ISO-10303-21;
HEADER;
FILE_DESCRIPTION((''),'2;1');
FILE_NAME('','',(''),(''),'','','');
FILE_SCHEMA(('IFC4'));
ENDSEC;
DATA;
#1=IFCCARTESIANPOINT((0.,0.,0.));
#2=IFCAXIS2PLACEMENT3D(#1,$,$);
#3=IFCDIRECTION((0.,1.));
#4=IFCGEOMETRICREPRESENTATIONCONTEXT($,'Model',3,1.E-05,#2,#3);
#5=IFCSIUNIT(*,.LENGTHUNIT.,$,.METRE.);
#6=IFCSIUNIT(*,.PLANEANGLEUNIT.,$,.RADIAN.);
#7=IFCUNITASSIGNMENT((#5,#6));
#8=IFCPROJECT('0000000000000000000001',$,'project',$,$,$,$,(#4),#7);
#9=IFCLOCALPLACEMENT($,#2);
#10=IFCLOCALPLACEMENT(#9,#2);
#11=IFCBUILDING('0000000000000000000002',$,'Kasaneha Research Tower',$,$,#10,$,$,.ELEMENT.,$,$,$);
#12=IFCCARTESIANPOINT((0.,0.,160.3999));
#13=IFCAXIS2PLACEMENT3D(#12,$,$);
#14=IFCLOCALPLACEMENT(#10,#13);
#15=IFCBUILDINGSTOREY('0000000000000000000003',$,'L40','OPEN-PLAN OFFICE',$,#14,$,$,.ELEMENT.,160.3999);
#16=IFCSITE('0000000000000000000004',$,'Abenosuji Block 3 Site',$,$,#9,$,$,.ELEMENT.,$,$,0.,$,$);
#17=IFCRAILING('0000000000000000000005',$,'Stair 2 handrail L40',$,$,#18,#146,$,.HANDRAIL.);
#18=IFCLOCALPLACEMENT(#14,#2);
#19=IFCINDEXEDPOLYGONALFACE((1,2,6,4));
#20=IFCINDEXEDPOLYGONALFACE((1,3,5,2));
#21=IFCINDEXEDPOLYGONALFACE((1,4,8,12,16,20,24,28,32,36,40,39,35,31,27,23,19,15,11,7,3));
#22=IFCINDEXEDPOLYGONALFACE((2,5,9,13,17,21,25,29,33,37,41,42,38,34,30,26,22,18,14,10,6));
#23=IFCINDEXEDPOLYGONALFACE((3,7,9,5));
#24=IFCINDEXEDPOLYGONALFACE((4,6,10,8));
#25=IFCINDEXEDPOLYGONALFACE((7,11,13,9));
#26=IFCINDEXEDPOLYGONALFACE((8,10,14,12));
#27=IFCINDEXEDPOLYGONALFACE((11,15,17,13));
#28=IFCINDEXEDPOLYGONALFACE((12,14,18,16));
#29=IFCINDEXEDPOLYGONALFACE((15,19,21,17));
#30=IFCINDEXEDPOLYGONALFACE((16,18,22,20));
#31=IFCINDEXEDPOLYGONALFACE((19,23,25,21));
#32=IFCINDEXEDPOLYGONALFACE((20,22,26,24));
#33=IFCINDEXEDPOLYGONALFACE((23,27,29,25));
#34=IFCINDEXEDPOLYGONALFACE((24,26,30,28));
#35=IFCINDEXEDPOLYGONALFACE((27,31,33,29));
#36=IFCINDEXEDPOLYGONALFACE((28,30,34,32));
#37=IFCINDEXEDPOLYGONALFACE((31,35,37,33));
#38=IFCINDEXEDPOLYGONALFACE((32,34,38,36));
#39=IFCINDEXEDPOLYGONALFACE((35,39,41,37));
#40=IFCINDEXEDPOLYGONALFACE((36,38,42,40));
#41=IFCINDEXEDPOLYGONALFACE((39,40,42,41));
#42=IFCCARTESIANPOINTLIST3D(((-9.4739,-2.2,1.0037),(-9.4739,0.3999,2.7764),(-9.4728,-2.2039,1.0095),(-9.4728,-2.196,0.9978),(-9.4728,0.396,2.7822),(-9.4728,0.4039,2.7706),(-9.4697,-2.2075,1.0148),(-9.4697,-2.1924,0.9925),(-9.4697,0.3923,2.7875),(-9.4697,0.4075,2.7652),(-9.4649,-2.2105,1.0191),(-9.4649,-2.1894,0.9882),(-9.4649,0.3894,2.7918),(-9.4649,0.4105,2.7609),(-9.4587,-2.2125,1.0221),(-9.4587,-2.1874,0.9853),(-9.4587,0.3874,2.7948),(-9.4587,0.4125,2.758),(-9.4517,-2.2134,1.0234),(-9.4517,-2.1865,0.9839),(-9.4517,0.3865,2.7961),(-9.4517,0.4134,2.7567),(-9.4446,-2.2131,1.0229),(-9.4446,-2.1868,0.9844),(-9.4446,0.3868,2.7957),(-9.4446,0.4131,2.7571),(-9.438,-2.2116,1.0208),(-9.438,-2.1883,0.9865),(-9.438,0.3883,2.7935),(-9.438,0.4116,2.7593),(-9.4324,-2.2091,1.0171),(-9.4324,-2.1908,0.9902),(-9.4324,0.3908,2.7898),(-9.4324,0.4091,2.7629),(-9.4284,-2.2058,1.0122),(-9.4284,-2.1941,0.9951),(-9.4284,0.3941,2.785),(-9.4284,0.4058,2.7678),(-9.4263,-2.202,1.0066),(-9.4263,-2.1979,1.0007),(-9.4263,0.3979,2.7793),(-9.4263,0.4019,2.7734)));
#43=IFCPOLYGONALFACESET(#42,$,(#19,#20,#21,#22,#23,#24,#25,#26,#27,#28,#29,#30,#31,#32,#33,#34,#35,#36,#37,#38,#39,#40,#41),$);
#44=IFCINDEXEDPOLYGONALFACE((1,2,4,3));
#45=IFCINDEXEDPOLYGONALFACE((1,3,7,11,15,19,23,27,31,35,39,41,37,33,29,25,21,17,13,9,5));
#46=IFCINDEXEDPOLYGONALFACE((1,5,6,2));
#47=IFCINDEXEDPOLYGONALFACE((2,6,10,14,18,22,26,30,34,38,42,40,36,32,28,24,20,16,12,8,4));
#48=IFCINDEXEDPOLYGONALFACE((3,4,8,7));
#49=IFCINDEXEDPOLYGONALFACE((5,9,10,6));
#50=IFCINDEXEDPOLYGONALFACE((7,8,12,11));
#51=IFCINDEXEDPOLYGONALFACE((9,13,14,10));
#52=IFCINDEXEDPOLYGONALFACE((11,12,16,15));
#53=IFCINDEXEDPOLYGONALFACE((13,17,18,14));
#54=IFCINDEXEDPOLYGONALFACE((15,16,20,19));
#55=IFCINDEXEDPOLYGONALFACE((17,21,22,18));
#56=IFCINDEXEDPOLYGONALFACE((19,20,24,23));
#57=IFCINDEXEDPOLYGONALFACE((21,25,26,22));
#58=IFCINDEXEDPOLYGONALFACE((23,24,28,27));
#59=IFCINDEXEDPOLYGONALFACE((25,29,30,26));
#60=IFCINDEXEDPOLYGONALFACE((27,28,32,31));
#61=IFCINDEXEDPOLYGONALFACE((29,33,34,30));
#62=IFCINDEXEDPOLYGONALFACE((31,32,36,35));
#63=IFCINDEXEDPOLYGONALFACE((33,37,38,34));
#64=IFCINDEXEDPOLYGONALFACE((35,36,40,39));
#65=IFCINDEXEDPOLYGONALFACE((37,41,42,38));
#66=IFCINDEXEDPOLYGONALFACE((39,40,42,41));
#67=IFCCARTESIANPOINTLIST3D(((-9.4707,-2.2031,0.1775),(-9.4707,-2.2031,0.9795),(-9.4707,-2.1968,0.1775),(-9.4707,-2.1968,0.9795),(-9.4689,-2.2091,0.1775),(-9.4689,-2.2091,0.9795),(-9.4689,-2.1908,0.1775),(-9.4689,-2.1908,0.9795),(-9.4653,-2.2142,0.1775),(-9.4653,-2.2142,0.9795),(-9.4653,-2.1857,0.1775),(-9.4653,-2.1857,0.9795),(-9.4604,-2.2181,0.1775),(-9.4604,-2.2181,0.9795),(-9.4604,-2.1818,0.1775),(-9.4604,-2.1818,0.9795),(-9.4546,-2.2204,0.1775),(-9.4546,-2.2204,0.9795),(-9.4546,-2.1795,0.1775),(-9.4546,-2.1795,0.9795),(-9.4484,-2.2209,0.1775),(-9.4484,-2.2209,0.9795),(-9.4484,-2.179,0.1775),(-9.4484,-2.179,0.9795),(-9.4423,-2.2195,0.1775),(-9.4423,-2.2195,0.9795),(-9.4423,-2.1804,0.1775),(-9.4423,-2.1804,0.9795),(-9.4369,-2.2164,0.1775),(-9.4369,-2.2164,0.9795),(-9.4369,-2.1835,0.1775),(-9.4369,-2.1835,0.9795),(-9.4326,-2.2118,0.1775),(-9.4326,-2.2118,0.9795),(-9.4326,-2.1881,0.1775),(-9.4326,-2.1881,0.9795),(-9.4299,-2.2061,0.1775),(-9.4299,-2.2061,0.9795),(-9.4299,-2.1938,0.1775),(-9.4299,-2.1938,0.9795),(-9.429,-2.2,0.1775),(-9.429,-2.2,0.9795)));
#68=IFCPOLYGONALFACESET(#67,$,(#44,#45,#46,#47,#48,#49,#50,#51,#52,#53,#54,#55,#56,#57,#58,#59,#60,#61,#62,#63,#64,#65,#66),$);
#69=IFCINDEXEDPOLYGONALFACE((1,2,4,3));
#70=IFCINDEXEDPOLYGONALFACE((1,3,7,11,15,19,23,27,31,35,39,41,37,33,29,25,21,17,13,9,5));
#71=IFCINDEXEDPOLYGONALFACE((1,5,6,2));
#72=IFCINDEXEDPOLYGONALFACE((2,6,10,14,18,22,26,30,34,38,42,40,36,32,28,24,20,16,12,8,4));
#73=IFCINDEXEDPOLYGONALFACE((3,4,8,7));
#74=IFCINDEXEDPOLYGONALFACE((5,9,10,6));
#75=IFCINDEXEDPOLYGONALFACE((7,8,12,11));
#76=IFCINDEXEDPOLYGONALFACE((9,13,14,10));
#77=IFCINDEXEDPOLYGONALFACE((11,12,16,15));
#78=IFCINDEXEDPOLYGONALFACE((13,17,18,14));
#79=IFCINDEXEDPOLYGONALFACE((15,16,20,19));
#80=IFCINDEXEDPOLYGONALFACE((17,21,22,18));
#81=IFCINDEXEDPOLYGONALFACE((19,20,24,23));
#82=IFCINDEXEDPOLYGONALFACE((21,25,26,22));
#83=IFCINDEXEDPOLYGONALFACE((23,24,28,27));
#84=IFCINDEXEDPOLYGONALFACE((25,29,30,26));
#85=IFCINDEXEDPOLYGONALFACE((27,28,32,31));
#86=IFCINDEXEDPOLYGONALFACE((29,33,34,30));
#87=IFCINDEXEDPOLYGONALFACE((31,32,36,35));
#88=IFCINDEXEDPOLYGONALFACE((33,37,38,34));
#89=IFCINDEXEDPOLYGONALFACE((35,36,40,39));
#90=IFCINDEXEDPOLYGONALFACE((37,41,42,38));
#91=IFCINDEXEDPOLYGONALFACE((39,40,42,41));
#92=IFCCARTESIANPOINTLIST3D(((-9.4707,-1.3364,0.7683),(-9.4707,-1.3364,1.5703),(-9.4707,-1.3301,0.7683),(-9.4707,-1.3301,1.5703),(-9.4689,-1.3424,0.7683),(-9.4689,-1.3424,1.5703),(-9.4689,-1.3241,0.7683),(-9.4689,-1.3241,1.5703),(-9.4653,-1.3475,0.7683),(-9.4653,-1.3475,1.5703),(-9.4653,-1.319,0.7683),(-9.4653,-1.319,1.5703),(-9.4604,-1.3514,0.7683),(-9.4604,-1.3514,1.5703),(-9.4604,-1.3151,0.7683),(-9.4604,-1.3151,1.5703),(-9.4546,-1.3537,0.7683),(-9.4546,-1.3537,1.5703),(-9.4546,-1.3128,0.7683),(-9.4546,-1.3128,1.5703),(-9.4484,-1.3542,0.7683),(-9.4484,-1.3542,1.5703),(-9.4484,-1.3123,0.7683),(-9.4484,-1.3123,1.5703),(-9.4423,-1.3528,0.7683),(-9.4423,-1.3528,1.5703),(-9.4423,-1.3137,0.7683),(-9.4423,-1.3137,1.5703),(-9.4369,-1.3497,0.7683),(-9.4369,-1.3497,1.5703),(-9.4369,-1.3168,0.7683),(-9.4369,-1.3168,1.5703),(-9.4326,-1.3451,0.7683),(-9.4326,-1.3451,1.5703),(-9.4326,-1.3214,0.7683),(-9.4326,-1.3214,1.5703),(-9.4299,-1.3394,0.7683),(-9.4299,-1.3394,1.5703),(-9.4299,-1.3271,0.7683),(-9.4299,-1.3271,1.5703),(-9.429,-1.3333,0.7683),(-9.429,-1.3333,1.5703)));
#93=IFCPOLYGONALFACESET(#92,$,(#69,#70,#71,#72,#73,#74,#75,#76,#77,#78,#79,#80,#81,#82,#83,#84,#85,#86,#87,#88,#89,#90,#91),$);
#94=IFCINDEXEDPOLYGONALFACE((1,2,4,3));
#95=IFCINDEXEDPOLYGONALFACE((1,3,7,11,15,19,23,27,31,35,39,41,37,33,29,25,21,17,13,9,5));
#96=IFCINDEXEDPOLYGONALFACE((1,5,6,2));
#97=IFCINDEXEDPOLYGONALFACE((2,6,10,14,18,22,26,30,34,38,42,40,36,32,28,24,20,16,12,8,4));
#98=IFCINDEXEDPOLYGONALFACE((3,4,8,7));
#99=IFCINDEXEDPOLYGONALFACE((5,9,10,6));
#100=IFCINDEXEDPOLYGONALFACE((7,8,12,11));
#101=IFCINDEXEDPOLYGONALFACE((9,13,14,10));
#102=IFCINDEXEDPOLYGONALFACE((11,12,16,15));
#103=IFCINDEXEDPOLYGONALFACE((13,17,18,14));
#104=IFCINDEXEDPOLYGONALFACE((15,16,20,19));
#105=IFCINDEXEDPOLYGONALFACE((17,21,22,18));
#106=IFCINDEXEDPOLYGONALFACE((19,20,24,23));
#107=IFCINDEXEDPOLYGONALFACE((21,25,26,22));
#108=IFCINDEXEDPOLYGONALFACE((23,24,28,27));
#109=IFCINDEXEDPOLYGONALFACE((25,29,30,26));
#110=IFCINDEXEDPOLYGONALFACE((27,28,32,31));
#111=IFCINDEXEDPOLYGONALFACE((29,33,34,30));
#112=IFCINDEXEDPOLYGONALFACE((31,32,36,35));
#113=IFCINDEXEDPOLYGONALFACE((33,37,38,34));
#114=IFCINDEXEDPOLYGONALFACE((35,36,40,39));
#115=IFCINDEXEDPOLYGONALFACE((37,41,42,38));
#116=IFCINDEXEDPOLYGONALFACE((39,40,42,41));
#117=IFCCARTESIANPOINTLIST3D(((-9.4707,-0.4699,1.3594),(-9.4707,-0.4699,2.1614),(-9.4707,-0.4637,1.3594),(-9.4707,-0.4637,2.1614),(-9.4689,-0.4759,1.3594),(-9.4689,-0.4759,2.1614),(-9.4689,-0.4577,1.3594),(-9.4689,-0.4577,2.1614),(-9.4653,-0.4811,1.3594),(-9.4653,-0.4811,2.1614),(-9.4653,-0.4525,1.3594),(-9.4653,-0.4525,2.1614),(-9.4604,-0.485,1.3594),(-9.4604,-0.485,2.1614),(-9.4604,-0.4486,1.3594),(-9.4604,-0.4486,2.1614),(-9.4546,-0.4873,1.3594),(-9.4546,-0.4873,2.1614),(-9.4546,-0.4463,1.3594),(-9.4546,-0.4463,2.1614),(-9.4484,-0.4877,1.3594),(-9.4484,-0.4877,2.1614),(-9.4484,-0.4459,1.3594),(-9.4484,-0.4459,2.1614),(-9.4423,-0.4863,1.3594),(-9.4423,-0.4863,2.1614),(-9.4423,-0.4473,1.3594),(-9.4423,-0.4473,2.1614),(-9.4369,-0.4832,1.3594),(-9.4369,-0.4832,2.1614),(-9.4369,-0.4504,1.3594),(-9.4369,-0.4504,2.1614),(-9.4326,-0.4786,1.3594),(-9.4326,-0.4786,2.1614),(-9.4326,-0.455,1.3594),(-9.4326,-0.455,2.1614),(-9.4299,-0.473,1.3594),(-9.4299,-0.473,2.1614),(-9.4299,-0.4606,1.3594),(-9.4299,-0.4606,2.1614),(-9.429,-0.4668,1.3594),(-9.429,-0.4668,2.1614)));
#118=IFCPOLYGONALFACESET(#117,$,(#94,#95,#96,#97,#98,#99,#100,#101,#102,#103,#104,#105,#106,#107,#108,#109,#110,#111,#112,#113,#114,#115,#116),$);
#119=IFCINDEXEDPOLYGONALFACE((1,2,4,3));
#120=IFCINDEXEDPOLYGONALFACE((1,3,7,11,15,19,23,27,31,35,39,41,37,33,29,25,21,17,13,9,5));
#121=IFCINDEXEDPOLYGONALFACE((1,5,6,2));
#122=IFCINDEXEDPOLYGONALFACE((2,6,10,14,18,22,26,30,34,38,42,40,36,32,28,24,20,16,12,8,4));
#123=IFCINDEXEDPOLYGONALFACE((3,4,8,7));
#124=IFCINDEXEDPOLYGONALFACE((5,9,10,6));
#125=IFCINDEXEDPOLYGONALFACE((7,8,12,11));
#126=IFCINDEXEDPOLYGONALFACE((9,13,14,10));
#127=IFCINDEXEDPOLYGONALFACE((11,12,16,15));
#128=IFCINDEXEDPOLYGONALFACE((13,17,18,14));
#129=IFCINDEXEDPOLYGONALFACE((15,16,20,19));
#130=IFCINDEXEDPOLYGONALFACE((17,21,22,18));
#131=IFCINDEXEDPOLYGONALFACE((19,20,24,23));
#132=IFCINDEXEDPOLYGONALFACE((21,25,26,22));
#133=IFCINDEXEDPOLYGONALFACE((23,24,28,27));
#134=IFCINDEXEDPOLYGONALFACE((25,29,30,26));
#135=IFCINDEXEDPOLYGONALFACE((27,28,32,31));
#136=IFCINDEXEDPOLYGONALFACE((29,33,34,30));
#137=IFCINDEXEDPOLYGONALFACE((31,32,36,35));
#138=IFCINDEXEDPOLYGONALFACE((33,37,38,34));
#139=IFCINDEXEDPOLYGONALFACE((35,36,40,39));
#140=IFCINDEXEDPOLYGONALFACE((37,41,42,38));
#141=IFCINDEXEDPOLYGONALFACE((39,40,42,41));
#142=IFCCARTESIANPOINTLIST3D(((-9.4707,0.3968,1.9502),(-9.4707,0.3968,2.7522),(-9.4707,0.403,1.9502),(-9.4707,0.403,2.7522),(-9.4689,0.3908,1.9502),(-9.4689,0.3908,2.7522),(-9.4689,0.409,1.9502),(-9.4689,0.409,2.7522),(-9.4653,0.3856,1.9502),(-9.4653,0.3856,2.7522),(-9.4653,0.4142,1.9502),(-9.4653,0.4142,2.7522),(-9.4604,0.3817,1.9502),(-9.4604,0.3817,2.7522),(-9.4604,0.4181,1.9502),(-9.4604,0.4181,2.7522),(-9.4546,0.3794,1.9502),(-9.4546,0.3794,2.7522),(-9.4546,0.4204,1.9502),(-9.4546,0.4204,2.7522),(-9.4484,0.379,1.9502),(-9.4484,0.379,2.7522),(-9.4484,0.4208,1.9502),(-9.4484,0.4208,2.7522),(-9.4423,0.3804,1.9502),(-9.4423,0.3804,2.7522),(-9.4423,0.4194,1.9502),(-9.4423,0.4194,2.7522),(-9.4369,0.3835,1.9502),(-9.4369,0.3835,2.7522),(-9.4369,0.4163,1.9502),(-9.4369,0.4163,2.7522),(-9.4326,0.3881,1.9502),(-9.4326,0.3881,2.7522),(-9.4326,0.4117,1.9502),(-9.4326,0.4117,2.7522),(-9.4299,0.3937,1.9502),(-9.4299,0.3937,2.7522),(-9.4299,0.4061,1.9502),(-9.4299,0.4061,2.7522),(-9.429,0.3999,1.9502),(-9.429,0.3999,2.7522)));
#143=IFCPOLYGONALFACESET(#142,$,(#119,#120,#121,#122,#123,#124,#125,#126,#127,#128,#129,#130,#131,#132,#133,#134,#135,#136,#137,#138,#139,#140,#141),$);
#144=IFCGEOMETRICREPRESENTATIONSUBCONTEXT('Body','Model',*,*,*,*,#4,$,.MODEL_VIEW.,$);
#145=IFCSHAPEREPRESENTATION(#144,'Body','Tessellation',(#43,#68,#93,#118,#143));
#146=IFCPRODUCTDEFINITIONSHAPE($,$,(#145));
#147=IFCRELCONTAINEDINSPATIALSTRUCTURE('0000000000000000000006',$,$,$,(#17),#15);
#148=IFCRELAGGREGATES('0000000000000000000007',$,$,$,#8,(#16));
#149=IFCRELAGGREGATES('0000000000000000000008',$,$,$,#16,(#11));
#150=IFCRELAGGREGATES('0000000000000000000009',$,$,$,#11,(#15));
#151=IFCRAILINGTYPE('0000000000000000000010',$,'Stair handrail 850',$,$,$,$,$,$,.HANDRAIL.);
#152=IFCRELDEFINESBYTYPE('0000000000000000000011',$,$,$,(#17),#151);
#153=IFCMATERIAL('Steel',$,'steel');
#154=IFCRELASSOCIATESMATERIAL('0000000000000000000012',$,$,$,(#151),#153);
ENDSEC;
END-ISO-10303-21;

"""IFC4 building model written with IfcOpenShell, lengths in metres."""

from ifc_helpers import new_model, si_unit, direction, frame, origin, origin_2d, place, context, subcontext, project, spatial, circle, extrude, material, type_object, element, save


model = new_model("IFC4")

# Units and contexts
model_context = context("Model", 3, precision=1e-05, world=origin(), true_north=direction((0.0, 1.0)))
body_context = subcontext(model_context, "Body", "Model", "MODEL_VIEW")
ifc_project = project(units=[si_unit("LENGTHUNIT", "METRE"), si_unit("PLANEANGLEUNIT", "RADIAN")], contexts=[model_context])

# Site, building, storey
site_placement = place(None, origin())
site = spatial("IfcSite", under=ifc_project, at=site_placement, Name="Abenosuji Block 3 Site", CompositionType="ELEMENT", RefElevation=0.0)
building_placement = place(site_placement, origin())
building = spatial("IfcBuilding", under=site, at=building_placement, Name="Kasaneha Research Tower", CompositionType="ELEMENT")
storey_placement = place(building_placement, frame((0.0, 0.0, 160.3999)))
storey = spatial("IfcBuildingStorey", under=building, at=storey_placement, Name="L40", Description="OPEN-PLAN OFFICE", CompositionType="ELEMENT", Elevation=160.3999)

# Railing
ifc_material_1 = material(Name="Steel", Category="steel")
railing_type_1 = type_object("IfcRailingType", Name="Stair handrail 850", PredefinedType="HANDRAIL", material=ifc_material_1)
railing_1_placement = place(storey_placement, frame((-9.45, -2.2, 0.1775)))
element("IfcRailing", 1, at=railing_1_placement, inside=storey, type_object=railing_type_1, Name="Stair 2 handrail L40", PredefinedType="HANDRAIL", context=body_context, shape_type="SweptSolid", body=[
    extrude(circle(Radius=0.0239, at=origin_2d()), frame((0.0, 0.0, 0.8262), z_axis=(0.0, 0.826216, 0.563354), x_axis=(-1.0, 0.0, 0.0)), (0.0, 0.0, 1.0), 3.1467),
    extrude(circle(Radius=0.021, at=origin_2d()), origin(), (0.0, 0.0, 1.0), 0.802),
    extrude(circle(Radius=0.021, at=origin_2d()), frame((0.0, 0.8667, 0.5908)), (0.0, 0.0, 1.0), 0.802),
    extrude(circle(Radius=0.021, at=origin_2d()), frame((0.0, 1.7332, 1.1819)), (0.0, 0.0, 1.0), 0.802),
    extrude(circle(Radius=0.021, at=origin_2d()), frame((0.0, 2.5999, 1.7727)), (0.0, 0.0, 1.0), 0.802),
])

save(model, "model.ifc")
